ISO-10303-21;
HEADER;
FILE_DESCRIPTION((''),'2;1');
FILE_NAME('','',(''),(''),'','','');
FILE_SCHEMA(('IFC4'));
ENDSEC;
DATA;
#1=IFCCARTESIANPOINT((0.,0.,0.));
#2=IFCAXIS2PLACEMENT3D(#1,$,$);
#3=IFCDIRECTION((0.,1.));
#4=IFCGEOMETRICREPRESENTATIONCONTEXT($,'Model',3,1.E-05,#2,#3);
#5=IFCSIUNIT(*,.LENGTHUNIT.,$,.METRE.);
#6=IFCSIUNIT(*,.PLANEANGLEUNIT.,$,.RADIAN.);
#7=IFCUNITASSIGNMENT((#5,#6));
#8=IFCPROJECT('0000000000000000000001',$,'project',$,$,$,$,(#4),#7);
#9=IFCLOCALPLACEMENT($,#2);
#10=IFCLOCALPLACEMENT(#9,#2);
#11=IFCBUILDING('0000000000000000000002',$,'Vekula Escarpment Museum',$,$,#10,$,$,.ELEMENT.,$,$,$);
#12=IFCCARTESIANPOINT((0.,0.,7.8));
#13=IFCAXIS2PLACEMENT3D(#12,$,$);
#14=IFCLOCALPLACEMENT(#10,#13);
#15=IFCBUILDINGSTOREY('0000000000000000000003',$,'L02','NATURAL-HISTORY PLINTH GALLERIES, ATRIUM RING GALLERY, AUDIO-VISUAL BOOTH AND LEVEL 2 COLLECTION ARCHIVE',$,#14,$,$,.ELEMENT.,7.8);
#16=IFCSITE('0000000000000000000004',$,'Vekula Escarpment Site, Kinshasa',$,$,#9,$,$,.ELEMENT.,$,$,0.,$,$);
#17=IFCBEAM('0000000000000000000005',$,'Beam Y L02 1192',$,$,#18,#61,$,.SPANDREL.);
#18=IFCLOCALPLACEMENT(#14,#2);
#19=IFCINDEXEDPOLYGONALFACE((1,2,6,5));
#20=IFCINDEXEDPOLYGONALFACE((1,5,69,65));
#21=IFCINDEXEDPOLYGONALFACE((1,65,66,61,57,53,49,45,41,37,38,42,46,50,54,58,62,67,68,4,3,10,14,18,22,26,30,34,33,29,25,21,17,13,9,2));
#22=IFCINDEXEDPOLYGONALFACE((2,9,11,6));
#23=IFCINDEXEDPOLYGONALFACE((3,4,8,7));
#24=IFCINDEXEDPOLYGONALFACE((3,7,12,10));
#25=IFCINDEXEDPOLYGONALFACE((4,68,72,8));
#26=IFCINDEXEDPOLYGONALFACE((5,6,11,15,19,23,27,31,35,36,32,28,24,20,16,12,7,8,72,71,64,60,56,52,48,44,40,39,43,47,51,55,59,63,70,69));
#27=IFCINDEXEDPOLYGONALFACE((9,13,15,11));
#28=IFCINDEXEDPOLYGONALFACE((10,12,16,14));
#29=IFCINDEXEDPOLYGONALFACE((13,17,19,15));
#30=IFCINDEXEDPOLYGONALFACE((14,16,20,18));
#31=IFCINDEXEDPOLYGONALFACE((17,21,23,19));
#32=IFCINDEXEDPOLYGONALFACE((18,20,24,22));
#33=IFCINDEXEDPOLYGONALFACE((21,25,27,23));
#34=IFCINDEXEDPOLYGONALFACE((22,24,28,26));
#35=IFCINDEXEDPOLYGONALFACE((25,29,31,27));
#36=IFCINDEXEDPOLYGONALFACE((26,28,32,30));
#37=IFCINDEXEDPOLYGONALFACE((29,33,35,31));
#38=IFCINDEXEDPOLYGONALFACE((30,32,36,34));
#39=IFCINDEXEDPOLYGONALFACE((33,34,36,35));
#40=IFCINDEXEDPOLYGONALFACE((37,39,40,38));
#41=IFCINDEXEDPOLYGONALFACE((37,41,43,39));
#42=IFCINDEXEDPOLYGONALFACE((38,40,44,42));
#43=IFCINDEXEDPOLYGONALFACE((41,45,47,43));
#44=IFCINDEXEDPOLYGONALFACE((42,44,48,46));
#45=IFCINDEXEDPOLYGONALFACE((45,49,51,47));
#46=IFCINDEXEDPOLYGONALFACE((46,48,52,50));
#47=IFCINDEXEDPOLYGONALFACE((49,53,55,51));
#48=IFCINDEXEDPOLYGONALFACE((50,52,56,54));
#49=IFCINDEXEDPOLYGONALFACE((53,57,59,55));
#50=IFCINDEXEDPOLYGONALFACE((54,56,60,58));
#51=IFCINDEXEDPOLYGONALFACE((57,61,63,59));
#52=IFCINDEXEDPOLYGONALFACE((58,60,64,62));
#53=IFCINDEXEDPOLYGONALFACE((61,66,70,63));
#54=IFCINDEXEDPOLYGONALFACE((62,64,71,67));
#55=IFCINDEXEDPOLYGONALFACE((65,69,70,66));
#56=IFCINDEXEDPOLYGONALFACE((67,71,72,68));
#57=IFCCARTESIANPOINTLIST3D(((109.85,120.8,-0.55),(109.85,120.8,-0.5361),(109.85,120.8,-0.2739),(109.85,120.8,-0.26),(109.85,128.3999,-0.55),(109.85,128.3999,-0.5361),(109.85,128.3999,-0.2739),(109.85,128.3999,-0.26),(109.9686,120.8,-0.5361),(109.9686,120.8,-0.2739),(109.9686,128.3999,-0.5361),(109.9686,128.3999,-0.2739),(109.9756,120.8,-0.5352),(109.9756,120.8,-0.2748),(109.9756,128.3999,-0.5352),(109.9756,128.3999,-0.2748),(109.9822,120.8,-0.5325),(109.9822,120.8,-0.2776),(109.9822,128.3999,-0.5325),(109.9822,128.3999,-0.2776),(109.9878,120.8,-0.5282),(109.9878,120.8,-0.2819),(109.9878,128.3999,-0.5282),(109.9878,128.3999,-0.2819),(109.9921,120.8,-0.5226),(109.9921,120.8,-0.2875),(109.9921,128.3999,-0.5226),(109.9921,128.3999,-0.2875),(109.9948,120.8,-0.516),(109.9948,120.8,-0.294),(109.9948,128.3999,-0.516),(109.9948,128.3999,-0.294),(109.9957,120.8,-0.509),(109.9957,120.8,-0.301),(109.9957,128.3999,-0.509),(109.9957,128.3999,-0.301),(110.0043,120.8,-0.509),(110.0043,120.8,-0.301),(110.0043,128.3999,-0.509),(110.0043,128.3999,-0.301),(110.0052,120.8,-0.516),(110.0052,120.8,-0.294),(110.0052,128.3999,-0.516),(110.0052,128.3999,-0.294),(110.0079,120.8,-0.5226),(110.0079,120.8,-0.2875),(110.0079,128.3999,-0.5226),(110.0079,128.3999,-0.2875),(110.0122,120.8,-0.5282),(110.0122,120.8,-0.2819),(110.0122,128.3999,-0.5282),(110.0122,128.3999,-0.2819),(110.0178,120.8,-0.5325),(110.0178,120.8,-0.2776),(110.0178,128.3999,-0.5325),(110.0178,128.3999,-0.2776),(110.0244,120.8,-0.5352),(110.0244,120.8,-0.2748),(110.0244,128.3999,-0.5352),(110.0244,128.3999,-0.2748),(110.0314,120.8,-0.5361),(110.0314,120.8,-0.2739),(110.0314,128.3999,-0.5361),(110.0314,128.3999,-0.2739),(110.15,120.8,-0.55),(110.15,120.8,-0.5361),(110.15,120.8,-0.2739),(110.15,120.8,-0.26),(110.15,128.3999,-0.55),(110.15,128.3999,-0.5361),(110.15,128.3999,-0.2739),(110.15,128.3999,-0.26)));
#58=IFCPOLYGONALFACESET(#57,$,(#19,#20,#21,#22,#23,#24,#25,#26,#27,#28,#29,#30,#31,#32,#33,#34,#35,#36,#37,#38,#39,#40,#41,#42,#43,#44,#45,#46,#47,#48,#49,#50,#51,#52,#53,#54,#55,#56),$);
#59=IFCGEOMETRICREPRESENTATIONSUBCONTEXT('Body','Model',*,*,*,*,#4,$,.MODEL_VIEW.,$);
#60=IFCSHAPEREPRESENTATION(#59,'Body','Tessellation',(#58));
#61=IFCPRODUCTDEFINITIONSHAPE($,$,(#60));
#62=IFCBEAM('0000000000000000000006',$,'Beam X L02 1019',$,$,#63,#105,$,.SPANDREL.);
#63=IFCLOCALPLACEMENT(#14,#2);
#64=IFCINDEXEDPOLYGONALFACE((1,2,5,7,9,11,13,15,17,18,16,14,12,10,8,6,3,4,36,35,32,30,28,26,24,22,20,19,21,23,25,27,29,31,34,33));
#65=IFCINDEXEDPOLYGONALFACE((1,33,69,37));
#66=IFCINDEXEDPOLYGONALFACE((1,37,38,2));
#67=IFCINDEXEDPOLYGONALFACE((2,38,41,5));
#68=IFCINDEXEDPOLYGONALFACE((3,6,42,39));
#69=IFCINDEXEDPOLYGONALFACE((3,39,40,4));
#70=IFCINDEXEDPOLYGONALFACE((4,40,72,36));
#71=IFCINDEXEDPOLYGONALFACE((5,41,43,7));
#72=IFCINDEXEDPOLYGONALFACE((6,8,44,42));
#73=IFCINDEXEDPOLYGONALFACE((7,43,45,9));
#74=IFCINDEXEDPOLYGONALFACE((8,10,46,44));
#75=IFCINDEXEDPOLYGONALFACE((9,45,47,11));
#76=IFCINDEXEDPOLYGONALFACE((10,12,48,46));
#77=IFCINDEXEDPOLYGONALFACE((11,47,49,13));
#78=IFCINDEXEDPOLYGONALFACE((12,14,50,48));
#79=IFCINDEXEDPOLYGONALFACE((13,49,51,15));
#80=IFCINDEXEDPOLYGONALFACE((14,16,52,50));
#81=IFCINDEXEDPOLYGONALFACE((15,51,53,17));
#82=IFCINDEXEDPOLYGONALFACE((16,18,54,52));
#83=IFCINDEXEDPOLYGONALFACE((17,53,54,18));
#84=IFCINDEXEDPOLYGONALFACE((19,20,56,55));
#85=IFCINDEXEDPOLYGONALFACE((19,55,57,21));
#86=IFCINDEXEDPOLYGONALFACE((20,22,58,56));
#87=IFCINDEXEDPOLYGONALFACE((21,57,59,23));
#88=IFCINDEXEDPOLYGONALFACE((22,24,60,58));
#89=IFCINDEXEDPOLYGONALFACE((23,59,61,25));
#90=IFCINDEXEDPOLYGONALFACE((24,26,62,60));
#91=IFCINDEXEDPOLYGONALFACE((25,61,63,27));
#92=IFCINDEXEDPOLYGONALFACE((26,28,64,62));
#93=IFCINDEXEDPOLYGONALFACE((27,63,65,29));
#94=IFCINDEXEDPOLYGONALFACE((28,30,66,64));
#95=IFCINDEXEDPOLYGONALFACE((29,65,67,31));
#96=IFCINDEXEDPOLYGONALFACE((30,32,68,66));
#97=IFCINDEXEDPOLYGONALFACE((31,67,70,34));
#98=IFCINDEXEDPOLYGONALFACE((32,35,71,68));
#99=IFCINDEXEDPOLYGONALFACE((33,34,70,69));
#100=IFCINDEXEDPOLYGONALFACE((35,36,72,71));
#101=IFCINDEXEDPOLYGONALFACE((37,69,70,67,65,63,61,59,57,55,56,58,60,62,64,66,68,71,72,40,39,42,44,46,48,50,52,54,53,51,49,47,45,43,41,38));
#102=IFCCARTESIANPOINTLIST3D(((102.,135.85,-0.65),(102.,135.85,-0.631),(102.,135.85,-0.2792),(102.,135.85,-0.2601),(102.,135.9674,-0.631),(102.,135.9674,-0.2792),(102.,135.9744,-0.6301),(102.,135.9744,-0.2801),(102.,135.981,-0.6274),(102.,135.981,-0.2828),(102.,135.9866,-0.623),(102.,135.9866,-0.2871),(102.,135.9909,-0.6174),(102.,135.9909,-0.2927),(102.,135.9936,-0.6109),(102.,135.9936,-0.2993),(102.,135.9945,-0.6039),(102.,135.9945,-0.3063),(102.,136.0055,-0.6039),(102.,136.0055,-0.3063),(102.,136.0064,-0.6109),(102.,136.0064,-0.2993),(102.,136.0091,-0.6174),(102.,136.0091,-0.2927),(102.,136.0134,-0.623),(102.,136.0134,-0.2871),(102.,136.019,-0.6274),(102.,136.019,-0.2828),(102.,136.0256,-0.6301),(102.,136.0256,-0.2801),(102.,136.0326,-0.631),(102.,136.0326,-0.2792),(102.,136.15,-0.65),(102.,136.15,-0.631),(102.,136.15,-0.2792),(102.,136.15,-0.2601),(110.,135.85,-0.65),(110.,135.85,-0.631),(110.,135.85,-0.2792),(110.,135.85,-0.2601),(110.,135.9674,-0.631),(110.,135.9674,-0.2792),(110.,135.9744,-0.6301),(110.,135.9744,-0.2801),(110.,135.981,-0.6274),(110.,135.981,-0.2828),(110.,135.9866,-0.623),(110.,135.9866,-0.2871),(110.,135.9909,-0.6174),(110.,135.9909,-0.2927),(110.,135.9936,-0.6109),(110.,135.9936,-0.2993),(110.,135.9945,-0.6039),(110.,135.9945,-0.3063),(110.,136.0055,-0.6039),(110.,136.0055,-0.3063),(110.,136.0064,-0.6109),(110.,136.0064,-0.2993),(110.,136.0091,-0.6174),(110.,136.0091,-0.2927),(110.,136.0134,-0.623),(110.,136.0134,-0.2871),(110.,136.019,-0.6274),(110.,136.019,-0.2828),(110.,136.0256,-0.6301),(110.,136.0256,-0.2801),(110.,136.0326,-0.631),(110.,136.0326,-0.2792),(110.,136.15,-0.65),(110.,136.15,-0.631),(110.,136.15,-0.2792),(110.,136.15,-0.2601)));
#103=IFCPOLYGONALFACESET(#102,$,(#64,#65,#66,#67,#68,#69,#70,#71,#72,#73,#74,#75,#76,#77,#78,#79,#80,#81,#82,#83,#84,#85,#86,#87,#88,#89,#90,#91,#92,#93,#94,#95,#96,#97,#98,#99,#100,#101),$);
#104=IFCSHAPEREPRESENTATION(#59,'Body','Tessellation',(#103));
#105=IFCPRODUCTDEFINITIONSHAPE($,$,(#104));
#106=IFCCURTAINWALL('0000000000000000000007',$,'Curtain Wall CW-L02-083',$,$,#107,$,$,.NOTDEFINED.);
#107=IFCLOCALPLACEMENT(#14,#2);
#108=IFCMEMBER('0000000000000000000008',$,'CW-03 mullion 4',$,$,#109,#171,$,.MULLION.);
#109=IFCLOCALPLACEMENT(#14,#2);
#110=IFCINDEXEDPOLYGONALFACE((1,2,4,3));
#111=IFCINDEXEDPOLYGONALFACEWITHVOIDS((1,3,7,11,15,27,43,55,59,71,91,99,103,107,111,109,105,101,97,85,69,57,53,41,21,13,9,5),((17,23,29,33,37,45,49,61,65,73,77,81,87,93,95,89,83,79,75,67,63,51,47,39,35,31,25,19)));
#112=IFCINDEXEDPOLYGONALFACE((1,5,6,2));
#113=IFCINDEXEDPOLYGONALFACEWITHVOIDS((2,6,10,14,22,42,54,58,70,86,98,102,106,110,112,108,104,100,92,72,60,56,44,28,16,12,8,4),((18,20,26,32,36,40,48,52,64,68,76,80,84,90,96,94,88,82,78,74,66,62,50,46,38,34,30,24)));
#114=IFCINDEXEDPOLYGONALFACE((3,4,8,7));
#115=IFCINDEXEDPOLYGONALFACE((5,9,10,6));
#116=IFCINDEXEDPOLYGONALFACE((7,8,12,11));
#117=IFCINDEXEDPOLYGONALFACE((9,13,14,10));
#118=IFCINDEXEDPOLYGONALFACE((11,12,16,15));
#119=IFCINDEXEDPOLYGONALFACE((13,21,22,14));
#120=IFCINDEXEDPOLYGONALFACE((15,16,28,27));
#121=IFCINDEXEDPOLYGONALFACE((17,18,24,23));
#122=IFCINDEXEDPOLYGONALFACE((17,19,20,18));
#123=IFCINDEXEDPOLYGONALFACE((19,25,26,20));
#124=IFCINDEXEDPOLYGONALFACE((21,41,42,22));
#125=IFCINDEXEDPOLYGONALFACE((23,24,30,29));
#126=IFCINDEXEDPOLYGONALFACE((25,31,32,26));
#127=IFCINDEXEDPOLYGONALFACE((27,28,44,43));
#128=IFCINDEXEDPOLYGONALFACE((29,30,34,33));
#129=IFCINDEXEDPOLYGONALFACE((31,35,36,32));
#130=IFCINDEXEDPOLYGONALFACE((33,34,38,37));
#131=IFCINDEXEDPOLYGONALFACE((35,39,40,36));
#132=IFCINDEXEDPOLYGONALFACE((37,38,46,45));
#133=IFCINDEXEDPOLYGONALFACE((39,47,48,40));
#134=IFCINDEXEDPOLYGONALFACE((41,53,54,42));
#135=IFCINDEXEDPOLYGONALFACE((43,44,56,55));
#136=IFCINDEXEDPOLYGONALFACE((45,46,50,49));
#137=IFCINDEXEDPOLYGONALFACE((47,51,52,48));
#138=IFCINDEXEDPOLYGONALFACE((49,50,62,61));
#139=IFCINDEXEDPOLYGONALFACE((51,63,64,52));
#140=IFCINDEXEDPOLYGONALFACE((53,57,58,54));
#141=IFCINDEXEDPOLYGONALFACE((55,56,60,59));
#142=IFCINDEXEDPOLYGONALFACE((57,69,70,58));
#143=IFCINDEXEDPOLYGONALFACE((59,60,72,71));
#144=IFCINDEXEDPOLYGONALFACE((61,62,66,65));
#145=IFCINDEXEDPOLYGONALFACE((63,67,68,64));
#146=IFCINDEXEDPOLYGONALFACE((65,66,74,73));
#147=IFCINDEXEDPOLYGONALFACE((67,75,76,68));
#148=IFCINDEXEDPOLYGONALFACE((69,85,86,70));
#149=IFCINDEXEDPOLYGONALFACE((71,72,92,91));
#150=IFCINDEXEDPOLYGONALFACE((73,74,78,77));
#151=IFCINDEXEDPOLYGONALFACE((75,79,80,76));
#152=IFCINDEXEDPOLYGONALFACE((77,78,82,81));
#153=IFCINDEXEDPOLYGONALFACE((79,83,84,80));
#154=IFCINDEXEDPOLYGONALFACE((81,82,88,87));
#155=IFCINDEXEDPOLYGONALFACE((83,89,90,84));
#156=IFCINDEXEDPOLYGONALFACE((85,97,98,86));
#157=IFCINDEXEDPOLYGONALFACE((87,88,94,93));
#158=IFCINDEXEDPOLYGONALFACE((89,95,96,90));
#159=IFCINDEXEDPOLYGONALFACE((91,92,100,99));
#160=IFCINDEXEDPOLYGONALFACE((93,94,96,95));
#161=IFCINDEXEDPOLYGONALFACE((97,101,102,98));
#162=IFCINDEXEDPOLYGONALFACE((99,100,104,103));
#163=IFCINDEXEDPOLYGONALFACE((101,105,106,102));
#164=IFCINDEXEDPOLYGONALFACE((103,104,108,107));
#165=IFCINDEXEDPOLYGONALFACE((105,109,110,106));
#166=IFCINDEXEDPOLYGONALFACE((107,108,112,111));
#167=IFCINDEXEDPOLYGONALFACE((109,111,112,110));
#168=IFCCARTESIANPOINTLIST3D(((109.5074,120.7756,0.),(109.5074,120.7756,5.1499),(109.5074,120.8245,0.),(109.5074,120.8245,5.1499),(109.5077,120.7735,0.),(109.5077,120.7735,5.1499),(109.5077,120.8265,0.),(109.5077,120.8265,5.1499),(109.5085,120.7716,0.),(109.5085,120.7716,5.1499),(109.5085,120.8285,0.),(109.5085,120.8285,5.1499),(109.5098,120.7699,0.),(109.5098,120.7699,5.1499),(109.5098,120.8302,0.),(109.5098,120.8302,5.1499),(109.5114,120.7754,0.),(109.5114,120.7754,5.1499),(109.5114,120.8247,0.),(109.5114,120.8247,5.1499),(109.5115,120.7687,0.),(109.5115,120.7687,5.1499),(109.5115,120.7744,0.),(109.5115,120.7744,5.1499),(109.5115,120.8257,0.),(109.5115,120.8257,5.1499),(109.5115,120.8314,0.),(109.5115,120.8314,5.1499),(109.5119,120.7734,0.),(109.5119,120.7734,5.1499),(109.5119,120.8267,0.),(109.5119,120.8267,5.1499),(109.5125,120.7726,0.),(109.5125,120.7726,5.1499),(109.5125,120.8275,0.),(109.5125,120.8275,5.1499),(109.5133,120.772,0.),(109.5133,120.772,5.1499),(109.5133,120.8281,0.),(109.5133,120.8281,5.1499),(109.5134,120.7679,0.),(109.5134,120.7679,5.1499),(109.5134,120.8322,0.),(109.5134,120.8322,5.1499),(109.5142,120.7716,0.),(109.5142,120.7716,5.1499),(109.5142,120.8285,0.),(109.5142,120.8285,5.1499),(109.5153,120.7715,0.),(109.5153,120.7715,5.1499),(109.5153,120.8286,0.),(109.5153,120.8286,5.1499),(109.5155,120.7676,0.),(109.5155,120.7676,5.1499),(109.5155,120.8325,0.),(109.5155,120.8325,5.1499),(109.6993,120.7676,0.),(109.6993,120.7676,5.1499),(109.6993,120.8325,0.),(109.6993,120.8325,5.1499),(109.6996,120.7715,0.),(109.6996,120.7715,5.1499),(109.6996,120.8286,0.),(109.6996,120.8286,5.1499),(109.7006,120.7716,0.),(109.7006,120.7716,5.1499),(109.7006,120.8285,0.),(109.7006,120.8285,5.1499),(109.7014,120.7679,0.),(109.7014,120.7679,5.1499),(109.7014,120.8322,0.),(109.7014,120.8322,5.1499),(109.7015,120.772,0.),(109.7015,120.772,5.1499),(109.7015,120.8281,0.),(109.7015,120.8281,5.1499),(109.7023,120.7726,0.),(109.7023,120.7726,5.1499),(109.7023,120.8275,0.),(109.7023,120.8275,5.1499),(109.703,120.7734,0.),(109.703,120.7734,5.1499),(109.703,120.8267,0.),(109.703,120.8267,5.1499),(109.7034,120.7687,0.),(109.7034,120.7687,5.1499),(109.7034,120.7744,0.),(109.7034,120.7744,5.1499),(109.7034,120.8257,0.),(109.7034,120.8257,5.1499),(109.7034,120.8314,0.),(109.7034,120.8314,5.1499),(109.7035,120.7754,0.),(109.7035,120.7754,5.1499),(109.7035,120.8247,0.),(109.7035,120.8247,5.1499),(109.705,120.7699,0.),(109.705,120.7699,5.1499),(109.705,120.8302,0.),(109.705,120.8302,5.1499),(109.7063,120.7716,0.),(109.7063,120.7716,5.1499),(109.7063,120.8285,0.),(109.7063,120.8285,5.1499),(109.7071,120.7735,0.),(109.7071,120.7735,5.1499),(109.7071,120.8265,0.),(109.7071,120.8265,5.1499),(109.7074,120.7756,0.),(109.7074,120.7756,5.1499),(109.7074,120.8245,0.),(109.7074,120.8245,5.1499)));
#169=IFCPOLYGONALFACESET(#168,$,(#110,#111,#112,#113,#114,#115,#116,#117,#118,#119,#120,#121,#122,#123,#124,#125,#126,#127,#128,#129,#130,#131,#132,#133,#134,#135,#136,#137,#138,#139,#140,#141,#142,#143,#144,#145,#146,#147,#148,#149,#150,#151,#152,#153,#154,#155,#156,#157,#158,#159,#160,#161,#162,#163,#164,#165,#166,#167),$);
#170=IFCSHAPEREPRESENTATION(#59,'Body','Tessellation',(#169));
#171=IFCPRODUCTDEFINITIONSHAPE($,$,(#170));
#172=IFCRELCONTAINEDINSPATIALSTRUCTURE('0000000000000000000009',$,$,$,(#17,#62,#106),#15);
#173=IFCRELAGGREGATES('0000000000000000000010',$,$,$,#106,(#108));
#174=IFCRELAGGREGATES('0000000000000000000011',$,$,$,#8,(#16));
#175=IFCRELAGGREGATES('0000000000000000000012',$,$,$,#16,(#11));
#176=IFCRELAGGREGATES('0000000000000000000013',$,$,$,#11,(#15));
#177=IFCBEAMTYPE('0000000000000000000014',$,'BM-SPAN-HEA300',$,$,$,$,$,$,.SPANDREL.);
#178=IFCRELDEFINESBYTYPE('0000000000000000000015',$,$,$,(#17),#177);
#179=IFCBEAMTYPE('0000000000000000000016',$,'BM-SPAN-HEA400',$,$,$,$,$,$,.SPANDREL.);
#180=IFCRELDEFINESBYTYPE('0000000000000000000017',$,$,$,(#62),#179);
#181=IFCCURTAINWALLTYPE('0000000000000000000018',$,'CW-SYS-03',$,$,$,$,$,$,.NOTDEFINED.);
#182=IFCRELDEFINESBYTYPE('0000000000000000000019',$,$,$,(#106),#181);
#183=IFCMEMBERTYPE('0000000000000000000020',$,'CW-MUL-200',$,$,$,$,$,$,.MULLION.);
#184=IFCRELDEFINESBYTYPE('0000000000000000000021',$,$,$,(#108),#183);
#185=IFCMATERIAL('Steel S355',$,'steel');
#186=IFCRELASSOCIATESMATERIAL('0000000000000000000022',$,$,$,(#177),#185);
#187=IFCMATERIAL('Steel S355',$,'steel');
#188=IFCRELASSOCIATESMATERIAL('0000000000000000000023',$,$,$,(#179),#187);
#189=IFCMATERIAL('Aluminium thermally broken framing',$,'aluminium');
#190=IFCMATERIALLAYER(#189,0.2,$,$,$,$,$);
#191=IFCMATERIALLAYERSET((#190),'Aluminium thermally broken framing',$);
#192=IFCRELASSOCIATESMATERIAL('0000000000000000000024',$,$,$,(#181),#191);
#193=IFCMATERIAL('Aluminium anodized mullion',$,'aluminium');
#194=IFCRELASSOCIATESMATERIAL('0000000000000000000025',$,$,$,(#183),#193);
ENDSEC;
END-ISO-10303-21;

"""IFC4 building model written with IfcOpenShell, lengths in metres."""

from ifc_helpers import new_model, si_unit, direction, frame, origin, origin_2d, place, context, subcontext, project, spatial, hollow_rectangle, i_section, extrude, material, layer, layer_set, material_profile, profile_set, type_object, element, aggregate, save


model = new_model("IFC4")

# Units and contexts
model_context = context("Model", 3, precision=1e-05, world=origin(), true_north=direction((0.0, 1.0)))
body_context = subcontext(model_context, "Body", "Model", "MODEL_VIEW")
ifc_project = project(units=[si_unit("LENGTHUNIT", "METRE"), si_unit("PLANEANGLEUNIT", "RADIAN")], contexts=[model_context])

# Site, building, storey
site_placement = place(None, origin())
site = spatial("IfcSite", under=ifc_project, at=site_placement, Name="Vekula Escarpment Site, Kinshasa", CompositionType="ELEMENT", RefElevation=0.0)
building_placement = place(site_placement, origin())
building = spatial("IfcBuilding", under=site, at=building_placement, Name="Vekula Escarpment Museum", CompositionType="ELEMENT")
storey_placement = place(building_placement, frame((0.0, 0.0, 7.8)))
storey = spatial("IfcBuildingStorey", under=building, at=storey_placement, Name="L02", Description="NATURAL-HISTORY PLINTH GALLERIES, ATRIUM RING GALLERY, AUDIO-VISUAL BOOTH AND LEVEL 2 COLLECTION ARCHIVE", CompositionType="ELEMENT", Elevation=7.8)

# Beams
ifc_material_1 = material(Name="Steel S355", Category="steel")
ifc_material_profile_1 = material_profile(ifc_material_1, i_section(OverallWidth=0.3, OverallDepth=0.29, WebThickness=0.0085, FlangeThickness=0.0139, FilletRadius=0.0271, at=origin_2d()), Name="HEA 300")
ifc_profile_set_1 = profile_set([ifc_material_profile_1], Name="Steel S355")
beam_type_1 = type_object("IfcBeamType", Name="BM-SPAN-HEA300", PredefinedType="SPANDREL", material=ifc_profile_set_1)
beam_1_placement = place(storey_placement, frame((110.0, 120.8, -0.405), z_axis=(0.0, 1.0, 0.0), x_axis=(-1.0, 0.0, 0.0)))
element("IfcBeam", 1, at=beam_1_placement, inside=storey, type_object=beam_type_1, Name="Beam Y L02 1192", PredefinedType="SPANDREL", context=body_context, shape_type="SweptSolid", body=[
    extrude(i_section(OverallWidth=0.3, OverallDepth=0.29, WebThickness=0.0085, FlangeThickness=0.0139, FilletRadius=0.0271, at=origin_2d()), origin(), (0.0, 0.0, 1.0), 7.5999),
])
ifc_material_2 = material(Name="Steel S355", Category="steel")
ifc_material_profile_2 = material_profile(ifc_material_2, i_section(OverallWidth=0.3, OverallDepth=0.3899, WebThickness=0.011, FlangeThickness=0.019, FilletRadius=0.0271, at=origin_2d()), Name="HEA 400")
ifc_profile_set_2 = profile_set([ifc_material_profile_2], Name="Steel S355")
beam_type_2 = type_object("IfcBeamType", Name="BM-SPAN-HEA400", PredefinedType="SPANDREL", material=ifc_profile_set_2)
beam_2_placement = place(storey_placement, frame((102.0, 136.0, -0.4551), z_axis=(1.0, 0.0, 0.0), x_axis=(0.0, 1.0, 0.0)))
element("IfcBeam", 2, at=beam_2_placement, inside=storey, type_object=beam_type_2, Name="Beam X L02 1019", PredefinedType="SPANDREL", context=body_context, shape_type="SweptSolid", body=[
    extrude(i_section(OverallWidth=0.3, OverallDepth=0.3899, WebThickness=0.011, FlangeThickness=0.019, FilletRadius=0.0271, at=origin_2d()), origin(), (0.0, 0.0, 1.0), 8.0),
])

# Curtain wall, member
ifc_material_3 = material(Name="Aluminium thermally broken framing", Category="aluminium")
ifc_layer_1 = layer(ifc_material_3, 0.2)
ifc_layer_set_1 = layer_set([ifc_layer_1], Name="Aluminium thermally broken framing")
curtain_wall_type = type_object("IfcCurtainWallType", Name="CW-SYS-03", PredefinedType="NOTDEFINED", material=ifc_layer_set_1)
curtain_wall_placement = place(storey_placement, origin())
curtain_wall = element("IfcCurtainWall", 3, at=curtain_wall_placement, inside=storey, type_object=curtain_wall_type, Name="Curtain Wall CW-L02-083", PredefinedType="NOTDEFINED")
ifc_material_4 = material(Name="Aluminium anodized mullion", Category="aluminium")
ifc_material_profile_3 = material_profile(ifc_material_4, hollow_rectangle(XDim=0.0649, YDim=0.2, WallThickness=0.0039, InnerFilletRadius=0.0039, OuterFilletRadius=0.0081, at=origin_2d()), Name="ALU 200x65x4")
ifc_profile_set_3 = profile_set([ifc_material_profile_3], Name="Aluminium anodized mullion")
member_type_1 = type_object("IfcMemberType", Name="CW-MUL-200", PredefinedType="MULLION", material=ifc_profile_set_3)
member_1_placement = place(storey_placement, frame((109.6074, 120.8, 0.0), z_axis=(0.0, 0.0, 1.0), x_axis=(0.0, 1.0, 0.0)))
member_1 = element("IfcMember", 4, at=member_1_placement, type_object=member_type_1, Name="CW-03 mullion 4", PredefinedType="MULLION", context=body_context, shape_type="SweptSolid", body=[
    extrude(hollow_rectangle(XDim=0.0649, YDim=0.2, WallThickness=0.0039, InnerFilletRadius=0.0039, OuterFilletRadius=0.0081, at=origin_2d()), origin(), (0.0, 0.0, 1.0), 5.1499),
])
aggregate(curtain_wall, [member_1])

save(model, "model.ifc")
